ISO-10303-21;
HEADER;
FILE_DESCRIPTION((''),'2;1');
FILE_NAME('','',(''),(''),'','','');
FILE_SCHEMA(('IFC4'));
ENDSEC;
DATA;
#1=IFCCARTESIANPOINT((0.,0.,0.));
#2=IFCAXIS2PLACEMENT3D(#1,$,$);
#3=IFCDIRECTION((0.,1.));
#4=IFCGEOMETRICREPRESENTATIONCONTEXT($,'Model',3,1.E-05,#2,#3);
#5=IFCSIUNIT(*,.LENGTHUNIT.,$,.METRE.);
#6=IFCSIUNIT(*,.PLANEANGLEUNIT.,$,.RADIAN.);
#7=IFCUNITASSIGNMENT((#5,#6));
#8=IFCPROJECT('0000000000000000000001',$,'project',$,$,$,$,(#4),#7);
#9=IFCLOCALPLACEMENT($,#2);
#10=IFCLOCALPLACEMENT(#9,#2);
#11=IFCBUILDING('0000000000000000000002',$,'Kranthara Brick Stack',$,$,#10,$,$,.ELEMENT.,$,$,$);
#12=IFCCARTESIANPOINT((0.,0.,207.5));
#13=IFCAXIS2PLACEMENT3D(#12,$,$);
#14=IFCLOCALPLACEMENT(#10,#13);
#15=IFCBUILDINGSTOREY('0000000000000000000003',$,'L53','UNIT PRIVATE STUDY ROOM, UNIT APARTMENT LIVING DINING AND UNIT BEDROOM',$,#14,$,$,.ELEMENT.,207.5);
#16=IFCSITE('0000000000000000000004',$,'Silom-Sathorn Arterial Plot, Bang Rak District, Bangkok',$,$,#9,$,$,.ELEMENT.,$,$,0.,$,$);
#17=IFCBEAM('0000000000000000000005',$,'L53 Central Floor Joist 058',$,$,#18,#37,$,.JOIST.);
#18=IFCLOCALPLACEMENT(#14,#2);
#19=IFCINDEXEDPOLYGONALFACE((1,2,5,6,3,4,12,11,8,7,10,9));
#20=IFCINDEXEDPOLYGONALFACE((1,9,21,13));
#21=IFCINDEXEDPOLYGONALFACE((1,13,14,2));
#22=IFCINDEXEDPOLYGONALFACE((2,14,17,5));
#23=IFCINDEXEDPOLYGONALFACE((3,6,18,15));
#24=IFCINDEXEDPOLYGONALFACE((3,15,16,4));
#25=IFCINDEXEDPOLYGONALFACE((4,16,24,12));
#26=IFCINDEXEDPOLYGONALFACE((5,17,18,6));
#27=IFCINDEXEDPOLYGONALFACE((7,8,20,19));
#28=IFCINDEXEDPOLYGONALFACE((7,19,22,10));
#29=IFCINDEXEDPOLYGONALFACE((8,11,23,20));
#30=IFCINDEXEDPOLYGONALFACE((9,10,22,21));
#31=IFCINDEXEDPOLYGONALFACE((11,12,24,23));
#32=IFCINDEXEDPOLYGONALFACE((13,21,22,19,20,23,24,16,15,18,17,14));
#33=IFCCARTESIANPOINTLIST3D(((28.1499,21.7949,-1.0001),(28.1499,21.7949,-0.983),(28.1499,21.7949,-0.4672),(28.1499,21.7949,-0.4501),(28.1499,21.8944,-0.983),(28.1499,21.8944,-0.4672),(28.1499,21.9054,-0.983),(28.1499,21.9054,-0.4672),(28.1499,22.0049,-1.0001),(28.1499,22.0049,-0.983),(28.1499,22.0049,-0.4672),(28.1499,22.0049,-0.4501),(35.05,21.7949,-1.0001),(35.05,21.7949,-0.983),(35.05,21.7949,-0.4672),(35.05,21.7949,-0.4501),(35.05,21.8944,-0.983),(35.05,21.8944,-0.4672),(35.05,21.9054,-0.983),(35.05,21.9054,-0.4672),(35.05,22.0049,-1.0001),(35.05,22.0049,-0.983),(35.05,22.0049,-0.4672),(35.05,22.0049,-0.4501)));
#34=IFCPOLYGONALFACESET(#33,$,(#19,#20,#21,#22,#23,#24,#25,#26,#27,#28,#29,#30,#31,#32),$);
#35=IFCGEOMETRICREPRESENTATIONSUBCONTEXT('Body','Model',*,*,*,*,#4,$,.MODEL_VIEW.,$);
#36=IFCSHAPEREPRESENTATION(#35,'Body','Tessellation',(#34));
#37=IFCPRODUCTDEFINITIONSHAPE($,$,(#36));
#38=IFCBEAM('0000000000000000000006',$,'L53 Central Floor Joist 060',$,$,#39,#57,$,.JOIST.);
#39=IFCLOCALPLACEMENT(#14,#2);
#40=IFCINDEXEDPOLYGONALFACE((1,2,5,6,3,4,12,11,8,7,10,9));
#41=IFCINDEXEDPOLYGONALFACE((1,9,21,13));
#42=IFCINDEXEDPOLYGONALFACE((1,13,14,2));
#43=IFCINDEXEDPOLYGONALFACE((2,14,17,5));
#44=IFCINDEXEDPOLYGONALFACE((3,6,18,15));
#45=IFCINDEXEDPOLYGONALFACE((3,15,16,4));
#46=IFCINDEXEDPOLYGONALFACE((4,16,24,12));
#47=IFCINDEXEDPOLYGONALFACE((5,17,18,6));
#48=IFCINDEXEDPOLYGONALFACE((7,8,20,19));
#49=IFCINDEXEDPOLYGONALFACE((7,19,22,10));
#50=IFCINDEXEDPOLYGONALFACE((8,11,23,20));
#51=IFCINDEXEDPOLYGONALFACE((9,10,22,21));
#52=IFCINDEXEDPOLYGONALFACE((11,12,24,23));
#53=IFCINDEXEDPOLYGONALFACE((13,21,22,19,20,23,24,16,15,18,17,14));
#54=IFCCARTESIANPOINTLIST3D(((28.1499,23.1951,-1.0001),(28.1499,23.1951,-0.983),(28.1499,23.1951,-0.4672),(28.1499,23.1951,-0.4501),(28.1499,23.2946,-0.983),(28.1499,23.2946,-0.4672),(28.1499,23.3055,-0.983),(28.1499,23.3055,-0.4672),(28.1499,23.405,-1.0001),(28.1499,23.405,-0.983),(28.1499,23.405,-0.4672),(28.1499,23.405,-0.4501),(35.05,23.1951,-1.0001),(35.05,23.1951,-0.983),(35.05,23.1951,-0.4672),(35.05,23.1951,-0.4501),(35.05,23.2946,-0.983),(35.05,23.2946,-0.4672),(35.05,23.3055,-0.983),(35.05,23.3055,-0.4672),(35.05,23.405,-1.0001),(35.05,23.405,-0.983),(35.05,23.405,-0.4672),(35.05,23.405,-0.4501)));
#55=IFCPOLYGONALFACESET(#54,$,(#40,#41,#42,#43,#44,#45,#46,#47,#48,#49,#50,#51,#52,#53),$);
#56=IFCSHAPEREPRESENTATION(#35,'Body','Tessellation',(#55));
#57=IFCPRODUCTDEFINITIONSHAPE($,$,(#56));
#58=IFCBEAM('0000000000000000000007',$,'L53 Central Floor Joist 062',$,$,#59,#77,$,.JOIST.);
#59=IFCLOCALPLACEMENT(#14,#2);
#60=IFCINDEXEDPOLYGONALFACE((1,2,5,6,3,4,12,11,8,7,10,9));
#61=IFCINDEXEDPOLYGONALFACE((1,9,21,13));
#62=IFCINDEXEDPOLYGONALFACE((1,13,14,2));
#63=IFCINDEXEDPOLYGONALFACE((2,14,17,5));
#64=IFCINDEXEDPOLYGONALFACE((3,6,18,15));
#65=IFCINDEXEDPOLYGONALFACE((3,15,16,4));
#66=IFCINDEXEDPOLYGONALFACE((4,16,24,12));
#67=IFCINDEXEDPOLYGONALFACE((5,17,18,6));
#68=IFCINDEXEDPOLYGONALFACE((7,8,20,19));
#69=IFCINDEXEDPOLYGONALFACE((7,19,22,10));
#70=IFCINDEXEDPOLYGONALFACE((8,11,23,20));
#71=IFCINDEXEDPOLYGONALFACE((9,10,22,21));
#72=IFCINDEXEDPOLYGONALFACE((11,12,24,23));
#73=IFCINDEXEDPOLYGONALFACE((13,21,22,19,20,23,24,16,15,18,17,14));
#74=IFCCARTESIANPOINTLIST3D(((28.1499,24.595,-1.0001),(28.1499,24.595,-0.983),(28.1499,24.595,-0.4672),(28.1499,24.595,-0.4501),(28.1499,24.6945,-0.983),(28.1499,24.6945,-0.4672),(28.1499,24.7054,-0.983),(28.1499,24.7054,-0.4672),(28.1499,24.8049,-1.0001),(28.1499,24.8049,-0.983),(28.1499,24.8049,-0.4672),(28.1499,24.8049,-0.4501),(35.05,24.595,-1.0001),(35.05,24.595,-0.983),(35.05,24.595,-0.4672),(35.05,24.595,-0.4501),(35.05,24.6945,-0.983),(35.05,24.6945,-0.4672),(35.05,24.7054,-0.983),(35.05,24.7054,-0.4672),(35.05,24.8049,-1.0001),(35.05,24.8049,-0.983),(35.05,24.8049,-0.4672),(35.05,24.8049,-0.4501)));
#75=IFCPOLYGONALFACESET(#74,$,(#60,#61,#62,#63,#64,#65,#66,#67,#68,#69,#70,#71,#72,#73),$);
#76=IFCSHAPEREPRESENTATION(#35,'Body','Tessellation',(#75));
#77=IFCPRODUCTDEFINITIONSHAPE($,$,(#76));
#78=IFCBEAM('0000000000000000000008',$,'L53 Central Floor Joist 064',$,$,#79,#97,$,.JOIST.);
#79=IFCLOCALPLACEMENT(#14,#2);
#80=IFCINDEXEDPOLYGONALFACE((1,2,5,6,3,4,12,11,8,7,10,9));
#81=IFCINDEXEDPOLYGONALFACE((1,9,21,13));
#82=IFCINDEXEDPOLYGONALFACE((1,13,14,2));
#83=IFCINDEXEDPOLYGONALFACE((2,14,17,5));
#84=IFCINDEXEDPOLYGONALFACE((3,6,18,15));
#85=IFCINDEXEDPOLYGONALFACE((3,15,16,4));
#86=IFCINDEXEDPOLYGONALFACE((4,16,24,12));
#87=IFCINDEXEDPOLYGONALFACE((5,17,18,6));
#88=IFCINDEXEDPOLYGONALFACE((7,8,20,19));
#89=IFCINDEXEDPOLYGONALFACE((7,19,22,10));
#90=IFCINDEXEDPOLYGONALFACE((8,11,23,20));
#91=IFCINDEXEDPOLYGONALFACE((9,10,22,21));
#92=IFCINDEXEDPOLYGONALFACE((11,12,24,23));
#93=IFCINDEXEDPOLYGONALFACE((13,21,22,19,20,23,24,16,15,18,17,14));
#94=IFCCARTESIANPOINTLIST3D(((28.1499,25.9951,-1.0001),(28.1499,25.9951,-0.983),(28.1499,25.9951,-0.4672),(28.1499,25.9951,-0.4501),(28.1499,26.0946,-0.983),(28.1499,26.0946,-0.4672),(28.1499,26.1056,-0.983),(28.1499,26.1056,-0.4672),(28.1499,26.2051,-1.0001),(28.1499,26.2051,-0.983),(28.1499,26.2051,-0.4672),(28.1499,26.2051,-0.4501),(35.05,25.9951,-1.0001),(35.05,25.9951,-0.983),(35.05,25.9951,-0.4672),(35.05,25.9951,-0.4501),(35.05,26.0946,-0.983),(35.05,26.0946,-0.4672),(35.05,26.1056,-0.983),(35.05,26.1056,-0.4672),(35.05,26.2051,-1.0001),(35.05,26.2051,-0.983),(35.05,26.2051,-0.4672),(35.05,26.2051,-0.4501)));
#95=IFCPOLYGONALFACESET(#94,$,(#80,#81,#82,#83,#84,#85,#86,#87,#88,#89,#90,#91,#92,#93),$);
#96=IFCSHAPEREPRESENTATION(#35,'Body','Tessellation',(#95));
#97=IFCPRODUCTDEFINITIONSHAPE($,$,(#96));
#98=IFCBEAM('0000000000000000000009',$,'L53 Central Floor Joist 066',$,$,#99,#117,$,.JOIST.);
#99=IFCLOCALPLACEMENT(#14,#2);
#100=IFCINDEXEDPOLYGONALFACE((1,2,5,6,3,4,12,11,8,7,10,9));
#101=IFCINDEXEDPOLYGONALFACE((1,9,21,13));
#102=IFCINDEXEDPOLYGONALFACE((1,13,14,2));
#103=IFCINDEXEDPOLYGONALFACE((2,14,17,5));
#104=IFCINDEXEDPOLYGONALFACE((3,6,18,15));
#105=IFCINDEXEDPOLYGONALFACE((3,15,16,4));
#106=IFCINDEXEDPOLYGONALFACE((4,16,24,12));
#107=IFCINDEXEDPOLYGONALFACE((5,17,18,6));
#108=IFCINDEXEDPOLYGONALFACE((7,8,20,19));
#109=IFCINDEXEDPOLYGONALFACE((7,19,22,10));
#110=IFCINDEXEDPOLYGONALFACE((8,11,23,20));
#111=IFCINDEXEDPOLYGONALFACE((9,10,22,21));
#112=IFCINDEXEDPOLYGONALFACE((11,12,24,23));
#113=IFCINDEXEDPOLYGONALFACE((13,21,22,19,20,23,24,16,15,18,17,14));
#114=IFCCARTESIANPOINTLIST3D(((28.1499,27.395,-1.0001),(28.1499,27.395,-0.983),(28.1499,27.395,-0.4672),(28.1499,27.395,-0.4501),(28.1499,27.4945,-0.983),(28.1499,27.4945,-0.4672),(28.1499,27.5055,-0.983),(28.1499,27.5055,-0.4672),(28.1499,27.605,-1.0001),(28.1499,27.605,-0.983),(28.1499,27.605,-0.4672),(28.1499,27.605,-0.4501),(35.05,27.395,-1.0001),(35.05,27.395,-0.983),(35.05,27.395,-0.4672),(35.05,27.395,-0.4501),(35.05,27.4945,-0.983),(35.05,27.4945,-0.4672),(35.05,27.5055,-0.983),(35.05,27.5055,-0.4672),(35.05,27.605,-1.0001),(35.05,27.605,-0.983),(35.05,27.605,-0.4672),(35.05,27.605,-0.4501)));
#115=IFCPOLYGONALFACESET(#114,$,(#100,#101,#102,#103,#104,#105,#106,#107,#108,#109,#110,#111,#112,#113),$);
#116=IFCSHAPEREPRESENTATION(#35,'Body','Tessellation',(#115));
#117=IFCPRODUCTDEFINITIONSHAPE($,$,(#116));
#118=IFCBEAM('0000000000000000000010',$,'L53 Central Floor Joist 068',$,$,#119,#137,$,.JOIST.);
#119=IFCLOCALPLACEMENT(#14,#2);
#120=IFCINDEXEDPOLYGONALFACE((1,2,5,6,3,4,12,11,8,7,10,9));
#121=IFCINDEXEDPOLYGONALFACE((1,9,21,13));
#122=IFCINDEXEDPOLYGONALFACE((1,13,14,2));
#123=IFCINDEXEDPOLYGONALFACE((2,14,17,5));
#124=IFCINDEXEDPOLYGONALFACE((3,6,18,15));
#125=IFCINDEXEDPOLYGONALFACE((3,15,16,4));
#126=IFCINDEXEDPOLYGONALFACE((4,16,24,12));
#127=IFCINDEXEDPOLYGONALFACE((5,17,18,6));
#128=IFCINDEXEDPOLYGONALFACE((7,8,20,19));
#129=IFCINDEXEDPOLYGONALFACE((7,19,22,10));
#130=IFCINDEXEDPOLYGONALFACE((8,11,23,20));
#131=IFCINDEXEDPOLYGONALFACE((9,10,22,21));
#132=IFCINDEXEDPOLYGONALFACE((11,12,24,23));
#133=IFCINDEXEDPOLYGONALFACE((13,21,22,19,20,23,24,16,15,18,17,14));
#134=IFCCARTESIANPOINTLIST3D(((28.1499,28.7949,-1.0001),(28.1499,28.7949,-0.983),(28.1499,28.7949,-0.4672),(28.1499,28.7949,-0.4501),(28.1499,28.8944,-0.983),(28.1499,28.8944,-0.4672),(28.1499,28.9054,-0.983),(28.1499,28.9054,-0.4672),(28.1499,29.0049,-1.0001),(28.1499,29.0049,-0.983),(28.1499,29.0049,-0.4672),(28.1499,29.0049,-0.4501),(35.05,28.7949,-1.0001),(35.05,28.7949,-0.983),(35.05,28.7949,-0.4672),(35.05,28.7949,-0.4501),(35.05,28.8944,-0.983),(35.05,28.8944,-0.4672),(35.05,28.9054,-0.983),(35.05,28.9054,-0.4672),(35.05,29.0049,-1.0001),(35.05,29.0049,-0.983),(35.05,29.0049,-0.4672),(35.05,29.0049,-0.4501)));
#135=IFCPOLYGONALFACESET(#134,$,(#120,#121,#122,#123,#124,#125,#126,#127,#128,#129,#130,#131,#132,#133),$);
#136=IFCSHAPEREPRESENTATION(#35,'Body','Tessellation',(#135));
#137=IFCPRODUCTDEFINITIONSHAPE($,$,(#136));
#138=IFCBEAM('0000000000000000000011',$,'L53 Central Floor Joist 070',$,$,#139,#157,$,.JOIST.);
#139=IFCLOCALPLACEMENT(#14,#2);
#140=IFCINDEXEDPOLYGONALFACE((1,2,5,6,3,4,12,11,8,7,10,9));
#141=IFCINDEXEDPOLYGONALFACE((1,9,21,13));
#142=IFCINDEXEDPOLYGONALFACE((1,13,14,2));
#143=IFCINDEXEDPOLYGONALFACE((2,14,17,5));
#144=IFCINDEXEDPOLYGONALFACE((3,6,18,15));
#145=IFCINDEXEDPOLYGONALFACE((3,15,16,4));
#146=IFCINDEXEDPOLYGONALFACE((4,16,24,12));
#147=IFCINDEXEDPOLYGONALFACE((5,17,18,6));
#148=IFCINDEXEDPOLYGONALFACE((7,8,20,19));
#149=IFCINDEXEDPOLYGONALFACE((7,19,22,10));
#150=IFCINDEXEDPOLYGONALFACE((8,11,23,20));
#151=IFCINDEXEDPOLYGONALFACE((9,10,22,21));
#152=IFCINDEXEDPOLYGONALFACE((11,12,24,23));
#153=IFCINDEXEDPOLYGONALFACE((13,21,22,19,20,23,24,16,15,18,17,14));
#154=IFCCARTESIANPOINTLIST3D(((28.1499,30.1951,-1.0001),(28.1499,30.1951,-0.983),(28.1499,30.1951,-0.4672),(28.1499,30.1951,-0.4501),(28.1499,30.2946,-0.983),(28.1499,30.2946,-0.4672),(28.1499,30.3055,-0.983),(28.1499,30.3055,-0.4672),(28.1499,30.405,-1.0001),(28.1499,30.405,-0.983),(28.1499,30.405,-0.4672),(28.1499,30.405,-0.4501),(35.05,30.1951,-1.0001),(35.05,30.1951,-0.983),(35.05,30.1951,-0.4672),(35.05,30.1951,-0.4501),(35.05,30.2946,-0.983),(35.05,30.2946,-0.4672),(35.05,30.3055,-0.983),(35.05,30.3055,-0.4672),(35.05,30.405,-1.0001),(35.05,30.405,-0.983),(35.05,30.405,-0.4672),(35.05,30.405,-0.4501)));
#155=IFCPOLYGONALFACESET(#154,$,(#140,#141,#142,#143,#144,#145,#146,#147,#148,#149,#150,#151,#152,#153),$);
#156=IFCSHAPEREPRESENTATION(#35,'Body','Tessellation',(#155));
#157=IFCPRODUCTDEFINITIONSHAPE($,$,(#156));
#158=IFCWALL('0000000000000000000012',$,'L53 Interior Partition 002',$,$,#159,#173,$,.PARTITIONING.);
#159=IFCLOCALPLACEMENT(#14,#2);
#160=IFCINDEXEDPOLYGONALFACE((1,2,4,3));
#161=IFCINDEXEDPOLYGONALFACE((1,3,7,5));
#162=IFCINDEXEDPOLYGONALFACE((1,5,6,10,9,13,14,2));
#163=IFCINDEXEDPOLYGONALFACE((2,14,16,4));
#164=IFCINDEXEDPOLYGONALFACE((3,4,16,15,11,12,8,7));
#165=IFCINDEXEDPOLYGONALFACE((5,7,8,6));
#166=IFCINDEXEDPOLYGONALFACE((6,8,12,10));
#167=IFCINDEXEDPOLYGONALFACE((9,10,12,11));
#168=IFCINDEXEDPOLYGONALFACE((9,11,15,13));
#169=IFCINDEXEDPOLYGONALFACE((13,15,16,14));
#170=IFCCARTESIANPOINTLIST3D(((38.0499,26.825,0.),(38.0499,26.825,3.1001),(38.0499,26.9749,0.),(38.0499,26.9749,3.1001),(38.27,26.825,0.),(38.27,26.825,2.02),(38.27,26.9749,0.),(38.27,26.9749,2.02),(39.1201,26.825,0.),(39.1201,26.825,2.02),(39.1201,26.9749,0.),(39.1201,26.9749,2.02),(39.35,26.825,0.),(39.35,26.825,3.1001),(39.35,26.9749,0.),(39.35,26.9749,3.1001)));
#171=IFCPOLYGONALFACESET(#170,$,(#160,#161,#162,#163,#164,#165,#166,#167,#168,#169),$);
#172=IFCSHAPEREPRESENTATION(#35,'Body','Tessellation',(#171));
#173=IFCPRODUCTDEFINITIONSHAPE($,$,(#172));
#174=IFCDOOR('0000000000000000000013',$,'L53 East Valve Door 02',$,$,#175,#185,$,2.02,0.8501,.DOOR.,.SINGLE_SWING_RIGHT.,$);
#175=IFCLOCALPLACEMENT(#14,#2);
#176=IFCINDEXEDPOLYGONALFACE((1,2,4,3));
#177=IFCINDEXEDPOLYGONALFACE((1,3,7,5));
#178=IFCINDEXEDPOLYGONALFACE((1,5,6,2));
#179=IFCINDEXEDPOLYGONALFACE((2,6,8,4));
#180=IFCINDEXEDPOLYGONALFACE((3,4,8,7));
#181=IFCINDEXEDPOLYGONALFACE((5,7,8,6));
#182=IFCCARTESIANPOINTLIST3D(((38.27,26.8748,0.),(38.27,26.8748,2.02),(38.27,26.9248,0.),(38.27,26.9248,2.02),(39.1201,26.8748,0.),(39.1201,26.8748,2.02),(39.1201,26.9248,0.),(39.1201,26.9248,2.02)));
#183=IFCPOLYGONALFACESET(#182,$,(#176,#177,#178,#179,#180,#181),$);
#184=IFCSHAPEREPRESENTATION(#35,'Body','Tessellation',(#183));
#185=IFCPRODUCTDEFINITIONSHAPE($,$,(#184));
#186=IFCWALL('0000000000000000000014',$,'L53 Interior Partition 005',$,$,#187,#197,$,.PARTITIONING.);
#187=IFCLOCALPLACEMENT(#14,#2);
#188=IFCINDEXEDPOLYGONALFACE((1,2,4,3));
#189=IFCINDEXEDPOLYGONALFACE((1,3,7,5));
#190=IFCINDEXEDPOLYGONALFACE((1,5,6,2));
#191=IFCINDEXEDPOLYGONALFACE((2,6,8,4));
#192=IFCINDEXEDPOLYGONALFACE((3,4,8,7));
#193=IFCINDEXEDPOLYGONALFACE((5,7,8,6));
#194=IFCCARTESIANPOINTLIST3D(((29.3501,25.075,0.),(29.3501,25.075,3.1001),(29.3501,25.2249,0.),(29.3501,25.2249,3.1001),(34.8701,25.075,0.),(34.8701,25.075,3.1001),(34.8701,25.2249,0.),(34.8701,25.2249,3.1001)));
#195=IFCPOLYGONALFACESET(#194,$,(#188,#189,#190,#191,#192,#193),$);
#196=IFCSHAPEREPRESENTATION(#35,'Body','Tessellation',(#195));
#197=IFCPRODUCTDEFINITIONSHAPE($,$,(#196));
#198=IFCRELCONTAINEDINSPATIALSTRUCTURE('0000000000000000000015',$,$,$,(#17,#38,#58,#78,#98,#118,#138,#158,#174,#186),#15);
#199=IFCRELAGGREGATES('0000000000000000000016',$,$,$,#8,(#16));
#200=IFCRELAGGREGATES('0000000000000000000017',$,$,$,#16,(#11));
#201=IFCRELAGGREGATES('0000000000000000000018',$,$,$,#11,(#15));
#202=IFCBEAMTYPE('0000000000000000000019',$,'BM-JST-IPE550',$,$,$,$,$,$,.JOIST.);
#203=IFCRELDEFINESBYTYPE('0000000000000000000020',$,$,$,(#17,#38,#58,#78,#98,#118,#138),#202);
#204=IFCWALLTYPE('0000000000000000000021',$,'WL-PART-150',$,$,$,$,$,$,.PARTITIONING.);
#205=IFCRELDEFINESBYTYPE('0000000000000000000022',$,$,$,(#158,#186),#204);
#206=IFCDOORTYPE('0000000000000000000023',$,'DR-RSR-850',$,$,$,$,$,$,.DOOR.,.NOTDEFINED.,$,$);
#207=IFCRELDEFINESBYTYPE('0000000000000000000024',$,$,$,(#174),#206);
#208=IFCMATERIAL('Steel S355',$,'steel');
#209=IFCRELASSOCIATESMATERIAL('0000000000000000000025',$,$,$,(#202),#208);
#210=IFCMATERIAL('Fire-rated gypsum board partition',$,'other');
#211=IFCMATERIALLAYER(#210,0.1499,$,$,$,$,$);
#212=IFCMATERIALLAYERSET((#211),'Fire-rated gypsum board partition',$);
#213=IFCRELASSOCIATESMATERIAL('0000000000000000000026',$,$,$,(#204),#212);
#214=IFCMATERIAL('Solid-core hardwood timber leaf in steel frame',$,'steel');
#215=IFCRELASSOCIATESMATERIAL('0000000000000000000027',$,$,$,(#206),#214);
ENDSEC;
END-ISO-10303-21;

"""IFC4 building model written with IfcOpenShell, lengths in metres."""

from ifc_helpers import new_model, si_unit, direction, frame, frame_2d, origin, origin_2d, place, context, subcontext, project, spatial, rectangle, i_section, extrude, material, layer, layer_set, material_profile, profile_set, type_object, element, fill, save


model = new_model("IFC4")

# Units and contexts
model_context = context("Model", 3, precision=1e-05, world=origin(), true_north=direction((0.0, 1.0)))
body_context = subcontext(model_context, "Body", "Model", "MODEL_VIEW")
ifc_project = project(units=[si_unit("LENGTHUNIT", "METRE"), si_unit("PLANEANGLEUNIT", "RADIAN")], contexts=[model_context])

# Site, building, storey
site_placement = place(None, origin())
site = spatial("IfcSite", under=ifc_project, at=site_placement, Name="Silom-Sathorn Arterial Plot, Bang Rak District, Bangkok", CompositionType="ELEMENT", RefElevation=0.0)
building_placement = place(site_placement, origin())
building = spatial("IfcBuilding", under=site, at=building_placement, Name="Kranthara Brick Stack", CompositionType="ELEMENT")
storey_placement = place(building_placement, frame((0.0, 0.0, 207.5)))
storey = spatial("IfcBuildingStorey", under=building, at=storey_placement, Name="L53", Description="UNIT PRIVATE STUDY ROOM, UNIT APARTMENT LIVING DINING AND UNIT BEDROOM", CompositionType="ELEMENT", Elevation=207.5)

# Beams
ifc_material_1 = material(Name="Steel S355", Category="steel")
ifc_material_profile = material_profile(ifc_material_1, i_section(OverallWidth=0.21, OverallDepth=0.55, WebThickness=0.011, FlangeThickness=0.0171, at=origin_2d()), Name="IPE 550")
ifc_profile_set = profile_set([ifc_material_profile], Name="Steel S355")
beam_type = type_object("IfcBeamType", Name="BM-JST-IPE550", PredefinedType="JOIST", material=ifc_profile_set)
for number, where, z_axis, x_axis, name in (
    (1, (28.1499, 21.8999, -0.7251), (1.0, 0.0, 0.0), (0.0, 1.0, 0.0), "L53 Central Floor Joist 058"),
    (2, (28.1499, 23.3, -0.7251), (1.0, 0.0, 0.0), (0.0, 1.0, 0.0), "L53 Central Floor Joist 060"),
    (3, (28.1499, 24.7, -0.7251), (1.0, 0.0, 0.0), (0.0, 1.0, 0.0), "L53 Central Floor Joist 062"),
    (4, (28.1499, 26.1001, -0.7251), (1.0, 0.0, 0.0), (0.0, 1.0, 0.0), "L53 Central Floor Joist 064"),
    (5, (28.1499, 27.5, -0.7251), (1.0, 0.0, 0.0), (0.0, 1.0, 0.0), "L53 Central Floor Joist 066"),
    (6, (28.1499, 28.8999, -0.7251), (1.0, 0.0, 0.0), (0.0, 1.0, 0.0), "L53 Central Floor Joist 068"),
    (7, (28.1499, 30.3, -0.7251), (1.0, 0.0, 0.0), (0.0, 1.0, 0.0), "L53 Central Floor Joist 070"),
):
    element("IfcBeam", number, at=place(storey_placement, frame(where, z_axis=z_axis, x_axis=x_axis)), inside=storey, type_object=beam_type, Name=name, PredefinedType="JOIST", context=body_context, shape_type="SweptSolid", body=[
        extrude(i_section(OverallWidth=0.21, OverallDepth=0.55, WebThickness=0.011, FlangeThickness=0.0171, at=origin_2d()), origin(), (0.0, 0.0, 1.0), 6.9001),
    ])

# Wall, opening, door
ifc_material_2 = material(Name="Fire-rated gypsum board partition", Category="other")
ifc_layer_1 = layer(ifc_material_2, 0.1499)
ifc_layer_set_1 = layer_set([ifc_layer_1], Name="Fire-rated gypsum board partition")
wall_type_1 = type_object("IfcWallType", Name="WL-PART-150", PredefinedType="PARTITIONING", material=ifc_layer_set_1)
wall_1_placement = place(storey_placement, frame((38.05, 26.8999, 0.0), z_axis=(0.0, 0.0, 1.0), x_axis=(1.0, 0.0, 0.0)))
wall_1 = element("IfcWall", 8, at=wall_1_placement, inside=storey, type_object=wall_type_1, Name="L53 Interior Partition 002", PredefinedType="PARTITIONING", context=body_context, shape_type="SweptSolid", body=[
    extrude(rectangle(XDim=1.3, YDim=0.1499, at=frame_2d((0.6499, 0.0))), origin(), (0.0, 0.0, 1.0), 3.1001),
])
opening_1_placement = place(wall_1_placement, frame((0.22, 0.0, 0.0)))
opening_1 = element("IfcOpeningElement", 9, at=opening_1_placement, cuts=wall_1, PredefinedType="OPENING", context=body_context, shape_type="SweptSolid", body=[
    extrude(rectangle(XDim=0.8501, YDim=2.02, at=frame_2d((0.425, 1.01))), frame((0.0, 0.085, 0.0), z_axis=(0.0, -1.0, 0.0), x_axis=(1.0, 0.0, 0.0)), (0.0, 0.0, 1.0), 0.1699),
])
ifc_material_3 = material(Name="Solid-core hardwood timber leaf in steel frame", Category="steel")
door_type_1 = type_object("IfcDoorType", Name="DR-RSR-850", OperationType="NOTDEFINED", PredefinedType="DOOR", material=ifc_material_3)
door_1_placement = place(opening_1_placement, origin())
door_1 = element("IfcDoor", 10, at=door_1_placement, inside=storey, type_object=door_type_1, Name="L53 East Valve Door 02", OperationType="SINGLE_SWING_RIGHT", OverallHeight=2.02, OverallWidth=0.8501, PredefinedType="DOOR", context=body_context, shape_type="SweptSolid", body=[
    extrude(rectangle(XDim=0.8501, YDim=2.02, at=frame_2d((0.425, 1.01))), frame((0.0, 0.0249, 0.0), z_axis=(0.0, -1.0, 0.0), x_axis=(1.0, 0.0, 0.0)), (0.0, 0.0, 1.0), 0.05),
])
fill(opening_1, door_1)

# Wall
wall_2_placement = place(storey_placement, frame((29.3501, 25.1499, 0.0), z_axis=(0.0, 0.0, 1.0), x_axis=(1.0, 0.0, 0.0)))
element("IfcWall", 11, at=wall_2_placement, inside=storey, type_object=wall_type_1, Name="L53 Interior Partition 005", PredefinedType="PARTITIONING", context=body_context, shape_type="SweptSolid", body=[
    extrude(rectangle(XDim=5.52, YDim=0.1499, at=frame_2d((2.76, 0.0))), origin(), (0.0, 0.0, 1.0), 3.1001),
])

save(model, "model.ifc")
